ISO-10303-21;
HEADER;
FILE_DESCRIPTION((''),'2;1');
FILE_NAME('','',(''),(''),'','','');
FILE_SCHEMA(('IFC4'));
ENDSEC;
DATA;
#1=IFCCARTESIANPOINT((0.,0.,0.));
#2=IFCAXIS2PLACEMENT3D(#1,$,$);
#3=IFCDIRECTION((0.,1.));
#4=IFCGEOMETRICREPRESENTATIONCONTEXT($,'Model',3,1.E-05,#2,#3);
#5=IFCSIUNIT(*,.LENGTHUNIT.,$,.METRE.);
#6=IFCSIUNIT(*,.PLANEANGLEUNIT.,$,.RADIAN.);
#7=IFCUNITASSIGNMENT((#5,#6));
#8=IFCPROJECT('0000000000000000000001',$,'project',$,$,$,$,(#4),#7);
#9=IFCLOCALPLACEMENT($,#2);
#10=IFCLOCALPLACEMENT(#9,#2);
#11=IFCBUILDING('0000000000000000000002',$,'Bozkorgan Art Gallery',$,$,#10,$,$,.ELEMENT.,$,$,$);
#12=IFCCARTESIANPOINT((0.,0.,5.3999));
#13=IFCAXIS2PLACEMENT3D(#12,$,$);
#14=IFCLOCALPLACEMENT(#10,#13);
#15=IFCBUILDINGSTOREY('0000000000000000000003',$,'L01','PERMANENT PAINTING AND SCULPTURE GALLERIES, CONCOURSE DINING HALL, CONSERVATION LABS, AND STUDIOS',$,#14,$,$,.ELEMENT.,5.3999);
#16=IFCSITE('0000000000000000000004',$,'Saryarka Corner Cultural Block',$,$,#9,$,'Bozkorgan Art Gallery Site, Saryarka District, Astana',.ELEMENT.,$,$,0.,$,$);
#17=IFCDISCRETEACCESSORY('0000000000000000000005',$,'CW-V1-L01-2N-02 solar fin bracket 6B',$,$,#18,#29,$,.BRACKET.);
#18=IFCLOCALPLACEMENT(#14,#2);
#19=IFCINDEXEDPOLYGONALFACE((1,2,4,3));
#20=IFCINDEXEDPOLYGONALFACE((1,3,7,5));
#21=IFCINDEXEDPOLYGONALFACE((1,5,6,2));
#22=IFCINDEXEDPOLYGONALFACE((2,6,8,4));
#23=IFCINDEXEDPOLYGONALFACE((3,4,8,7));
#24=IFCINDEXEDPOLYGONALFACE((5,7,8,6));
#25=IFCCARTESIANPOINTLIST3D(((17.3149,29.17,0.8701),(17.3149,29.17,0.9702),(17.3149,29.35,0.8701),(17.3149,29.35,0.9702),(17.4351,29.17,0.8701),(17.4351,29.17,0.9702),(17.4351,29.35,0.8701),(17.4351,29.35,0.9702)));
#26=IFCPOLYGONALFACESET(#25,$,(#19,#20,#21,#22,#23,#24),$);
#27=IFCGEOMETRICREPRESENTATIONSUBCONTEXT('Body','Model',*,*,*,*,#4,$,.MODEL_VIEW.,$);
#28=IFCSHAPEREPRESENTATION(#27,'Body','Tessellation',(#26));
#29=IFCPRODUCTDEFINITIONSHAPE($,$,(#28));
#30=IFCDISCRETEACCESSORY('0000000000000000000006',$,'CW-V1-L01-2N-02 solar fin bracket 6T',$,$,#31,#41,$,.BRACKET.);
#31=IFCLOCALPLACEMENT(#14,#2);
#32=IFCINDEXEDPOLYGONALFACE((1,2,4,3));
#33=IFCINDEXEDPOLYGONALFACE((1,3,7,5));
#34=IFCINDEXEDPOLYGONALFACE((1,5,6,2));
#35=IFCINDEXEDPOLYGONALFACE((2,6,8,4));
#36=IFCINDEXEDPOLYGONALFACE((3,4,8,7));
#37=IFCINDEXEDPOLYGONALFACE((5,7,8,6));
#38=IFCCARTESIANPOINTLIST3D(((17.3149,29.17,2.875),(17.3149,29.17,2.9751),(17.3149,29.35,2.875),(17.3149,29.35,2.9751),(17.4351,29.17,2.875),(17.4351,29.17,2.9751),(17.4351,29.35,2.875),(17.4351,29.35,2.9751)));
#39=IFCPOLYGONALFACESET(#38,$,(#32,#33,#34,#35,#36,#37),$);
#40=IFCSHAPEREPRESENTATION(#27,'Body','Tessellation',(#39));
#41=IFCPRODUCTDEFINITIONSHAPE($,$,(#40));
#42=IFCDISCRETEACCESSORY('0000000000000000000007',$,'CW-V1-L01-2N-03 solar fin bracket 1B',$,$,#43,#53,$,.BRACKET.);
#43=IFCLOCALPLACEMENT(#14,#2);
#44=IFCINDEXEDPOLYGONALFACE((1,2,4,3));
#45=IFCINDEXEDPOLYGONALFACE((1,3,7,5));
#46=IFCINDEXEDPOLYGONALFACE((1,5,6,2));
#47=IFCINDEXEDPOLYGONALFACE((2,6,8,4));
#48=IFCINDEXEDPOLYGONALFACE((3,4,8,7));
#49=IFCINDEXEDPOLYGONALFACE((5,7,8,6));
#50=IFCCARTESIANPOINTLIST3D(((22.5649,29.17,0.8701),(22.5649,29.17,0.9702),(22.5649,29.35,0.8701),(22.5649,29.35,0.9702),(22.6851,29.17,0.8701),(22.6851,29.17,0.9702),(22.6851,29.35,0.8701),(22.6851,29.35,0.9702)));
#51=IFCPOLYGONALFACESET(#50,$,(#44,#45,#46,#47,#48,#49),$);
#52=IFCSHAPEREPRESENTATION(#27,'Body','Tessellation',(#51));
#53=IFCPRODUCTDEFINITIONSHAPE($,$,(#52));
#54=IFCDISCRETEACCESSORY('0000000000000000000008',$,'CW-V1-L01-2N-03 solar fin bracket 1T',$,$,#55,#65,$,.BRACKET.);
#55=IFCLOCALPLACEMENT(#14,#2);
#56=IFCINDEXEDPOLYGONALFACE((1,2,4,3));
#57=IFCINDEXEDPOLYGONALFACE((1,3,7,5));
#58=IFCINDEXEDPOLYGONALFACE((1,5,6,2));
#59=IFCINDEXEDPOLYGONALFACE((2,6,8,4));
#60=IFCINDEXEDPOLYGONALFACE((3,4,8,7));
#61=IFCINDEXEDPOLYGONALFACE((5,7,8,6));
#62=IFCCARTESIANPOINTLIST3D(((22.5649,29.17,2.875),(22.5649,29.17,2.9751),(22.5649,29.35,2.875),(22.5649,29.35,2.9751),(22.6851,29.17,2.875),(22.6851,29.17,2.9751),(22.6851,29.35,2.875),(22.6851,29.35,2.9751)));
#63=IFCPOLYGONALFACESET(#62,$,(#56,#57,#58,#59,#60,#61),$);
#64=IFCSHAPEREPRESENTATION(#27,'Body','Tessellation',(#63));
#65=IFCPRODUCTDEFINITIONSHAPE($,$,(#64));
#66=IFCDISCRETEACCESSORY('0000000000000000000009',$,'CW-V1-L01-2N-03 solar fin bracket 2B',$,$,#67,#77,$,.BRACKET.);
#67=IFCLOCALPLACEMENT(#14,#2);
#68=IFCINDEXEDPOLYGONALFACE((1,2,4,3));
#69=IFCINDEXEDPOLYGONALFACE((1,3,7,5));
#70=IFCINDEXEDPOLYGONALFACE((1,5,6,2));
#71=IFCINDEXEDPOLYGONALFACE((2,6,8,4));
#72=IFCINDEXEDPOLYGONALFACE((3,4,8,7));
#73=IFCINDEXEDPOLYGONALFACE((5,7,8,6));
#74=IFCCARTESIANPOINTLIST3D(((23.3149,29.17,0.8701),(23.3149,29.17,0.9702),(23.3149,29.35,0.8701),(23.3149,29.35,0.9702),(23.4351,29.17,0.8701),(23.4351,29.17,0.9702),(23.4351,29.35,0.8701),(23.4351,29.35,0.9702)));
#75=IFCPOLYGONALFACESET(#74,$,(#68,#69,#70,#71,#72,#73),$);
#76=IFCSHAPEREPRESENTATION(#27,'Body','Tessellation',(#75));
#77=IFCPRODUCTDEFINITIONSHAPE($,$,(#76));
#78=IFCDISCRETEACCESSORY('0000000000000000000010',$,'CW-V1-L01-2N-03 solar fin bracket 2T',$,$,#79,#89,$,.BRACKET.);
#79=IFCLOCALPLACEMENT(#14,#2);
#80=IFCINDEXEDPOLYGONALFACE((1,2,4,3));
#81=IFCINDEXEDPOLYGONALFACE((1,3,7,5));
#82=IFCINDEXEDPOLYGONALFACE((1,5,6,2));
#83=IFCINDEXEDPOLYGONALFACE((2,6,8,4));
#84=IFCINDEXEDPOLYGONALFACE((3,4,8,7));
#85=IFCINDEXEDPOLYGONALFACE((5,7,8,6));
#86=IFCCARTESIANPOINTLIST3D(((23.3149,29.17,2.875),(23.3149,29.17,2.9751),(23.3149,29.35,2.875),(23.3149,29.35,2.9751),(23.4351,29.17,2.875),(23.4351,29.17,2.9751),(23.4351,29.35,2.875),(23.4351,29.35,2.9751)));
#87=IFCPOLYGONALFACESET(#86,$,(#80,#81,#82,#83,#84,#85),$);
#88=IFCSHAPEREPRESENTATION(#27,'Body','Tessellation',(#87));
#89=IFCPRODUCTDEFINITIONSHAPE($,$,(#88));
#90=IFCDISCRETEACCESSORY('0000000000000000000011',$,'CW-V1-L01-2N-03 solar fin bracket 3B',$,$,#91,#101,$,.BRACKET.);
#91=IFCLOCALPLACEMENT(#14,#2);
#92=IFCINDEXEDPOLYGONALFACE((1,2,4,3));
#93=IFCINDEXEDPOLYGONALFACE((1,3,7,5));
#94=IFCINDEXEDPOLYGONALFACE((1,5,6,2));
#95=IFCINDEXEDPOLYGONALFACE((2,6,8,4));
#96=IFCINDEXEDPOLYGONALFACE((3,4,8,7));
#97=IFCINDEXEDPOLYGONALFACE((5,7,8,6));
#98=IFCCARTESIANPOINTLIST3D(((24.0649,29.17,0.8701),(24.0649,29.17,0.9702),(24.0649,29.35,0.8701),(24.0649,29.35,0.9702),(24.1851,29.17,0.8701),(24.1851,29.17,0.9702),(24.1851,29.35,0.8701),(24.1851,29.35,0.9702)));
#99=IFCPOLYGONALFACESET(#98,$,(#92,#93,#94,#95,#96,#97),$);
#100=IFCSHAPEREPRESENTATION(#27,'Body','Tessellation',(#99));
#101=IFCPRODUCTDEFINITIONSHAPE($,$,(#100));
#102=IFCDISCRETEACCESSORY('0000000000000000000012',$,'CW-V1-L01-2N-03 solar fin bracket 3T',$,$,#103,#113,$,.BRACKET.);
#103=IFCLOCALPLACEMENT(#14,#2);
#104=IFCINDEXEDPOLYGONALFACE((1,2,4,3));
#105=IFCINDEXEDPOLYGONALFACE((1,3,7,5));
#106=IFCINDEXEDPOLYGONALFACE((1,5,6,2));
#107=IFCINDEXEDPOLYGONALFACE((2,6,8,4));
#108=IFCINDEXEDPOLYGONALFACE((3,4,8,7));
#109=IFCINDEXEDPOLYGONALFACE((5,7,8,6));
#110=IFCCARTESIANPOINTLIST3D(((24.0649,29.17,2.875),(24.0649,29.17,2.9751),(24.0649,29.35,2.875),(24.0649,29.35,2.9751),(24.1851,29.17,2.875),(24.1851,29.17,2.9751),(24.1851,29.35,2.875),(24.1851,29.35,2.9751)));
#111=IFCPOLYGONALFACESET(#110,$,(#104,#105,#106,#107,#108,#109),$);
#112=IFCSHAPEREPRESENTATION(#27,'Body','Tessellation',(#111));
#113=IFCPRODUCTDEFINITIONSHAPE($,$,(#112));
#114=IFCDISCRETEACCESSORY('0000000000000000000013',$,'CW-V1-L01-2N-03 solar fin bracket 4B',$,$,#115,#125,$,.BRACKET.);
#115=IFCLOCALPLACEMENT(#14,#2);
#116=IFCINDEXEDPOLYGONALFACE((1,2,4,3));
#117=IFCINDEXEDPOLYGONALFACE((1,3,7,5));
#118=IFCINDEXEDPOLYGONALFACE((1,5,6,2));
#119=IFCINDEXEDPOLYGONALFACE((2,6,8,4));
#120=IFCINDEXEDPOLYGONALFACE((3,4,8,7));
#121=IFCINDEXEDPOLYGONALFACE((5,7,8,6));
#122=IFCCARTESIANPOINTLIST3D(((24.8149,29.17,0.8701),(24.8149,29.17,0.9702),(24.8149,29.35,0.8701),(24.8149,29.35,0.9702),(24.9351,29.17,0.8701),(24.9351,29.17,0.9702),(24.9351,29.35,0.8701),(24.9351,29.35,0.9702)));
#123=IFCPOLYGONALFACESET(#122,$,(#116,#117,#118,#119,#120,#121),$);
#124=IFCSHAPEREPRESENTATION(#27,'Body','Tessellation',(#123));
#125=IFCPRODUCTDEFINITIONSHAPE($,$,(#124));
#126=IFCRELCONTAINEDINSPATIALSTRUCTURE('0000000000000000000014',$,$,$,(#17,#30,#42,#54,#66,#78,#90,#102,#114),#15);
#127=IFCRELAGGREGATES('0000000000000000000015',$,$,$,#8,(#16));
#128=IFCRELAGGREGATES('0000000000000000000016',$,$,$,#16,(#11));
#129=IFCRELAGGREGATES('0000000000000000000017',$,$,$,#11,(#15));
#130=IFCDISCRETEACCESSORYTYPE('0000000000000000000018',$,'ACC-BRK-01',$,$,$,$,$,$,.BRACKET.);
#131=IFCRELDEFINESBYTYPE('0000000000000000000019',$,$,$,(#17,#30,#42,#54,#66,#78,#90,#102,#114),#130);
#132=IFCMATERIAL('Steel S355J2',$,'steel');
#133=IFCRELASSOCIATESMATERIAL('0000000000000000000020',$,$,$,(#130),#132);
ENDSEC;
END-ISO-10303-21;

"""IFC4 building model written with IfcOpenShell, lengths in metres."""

from ifc_helpers import new_model, si_unit, direction, frame, origin, origin_2d, place, context, subcontext, project, spatial, rectangle, extrude, material, type_object, element, save


model = new_model("IFC4")

# Units and contexts
model_context = context("Model", 3, precision=1e-05, world=origin(), true_north=direction((0.0, 1.0)))
body_context = subcontext(model_context, "Body", "Model", "MODEL_VIEW")
ifc_project = project(units=[si_unit("LENGTHUNIT", "METRE"), si_unit("PLANEANGLEUNIT", "RADIAN")], contexts=[model_context])

# Site, building, storey
site_placement = place(None, origin())
site = spatial("IfcSite", under=ifc_project, at=site_placement, Name="Saryarka Corner Cultural Block", LongName="Bozkorgan Art Gallery Site, Saryarka District, Astana", CompositionType="ELEMENT", RefElevation=0.0)
building_placement = place(site_placement, origin())
building = spatial("IfcBuilding", under=site, at=building_placement, Name="Bozkorgan Art Gallery", CompositionType="ELEMENT")
storey_placement = place(building_placement, frame((0.0, 0.0, 5.3999)))
storey = spatial("IfcBuildingStorey", under=building, at=storey_placement, Name="L01", Description="PERMANENT PAINTING AND SCULPTURE GALLERIES, CONCOURSE DINING HALL, CONSERVATION LABS, AND STUDIOS", CompositionType="ELEMENT", Elevation=5.3999)

# Discrete accessories
ifc_material_1 = material(Name="Steel S355J2", Category="steel")
discrete_accessory_type = type_object("IfcDiscreteAccessoryType", Name="ACC-BRK-01", PredefinedType="BRACKET", material=ifc_material_1)
for number, where, z_axis, x_axis, name in (
    (1, (17.375, 29.26, 0.8701), (0.0, 0.0, 1.0), (0.0, 1.0, 0.0), "CW-V1-L01-2N-02 solar fin bracket 6B"),
    (2, (17.375, 29.26, 2.875), (0.0, 0.0, 1.0), (0.0, 1.0, 0.0), "CW-V1-L01-2N-02 solar fin bracket 6T"),
    (3, (22.625, 29.26, 0.8701), (0.0, 0.0, 1.0), (0.0, 1.0, 0.0), "CW-V1-L01-2N-03 solar fin bracket 1B"),
    (4, (22.625, 29.26, 2.875), (0.0, 0.0, 1.0), (0.0, 1.0, 0.0), "CW-V1-L01-2N-03 solar fin bracket 1T"),
    (5, (23.375, 29.26, 0.8701), (0.0, 0.0, 1.0), (0.0, 1.0, 0.0), "CW-V1-L01-2N-03 solar fin bracket 2B"),
    (6, (23.375, 29.26, 2.875), (0.0, 0.0, 1.0), (0.0, 1.0, 0.0), "CW-V1-L01-2N-03 solar fin bracket 2T"),
    (7, (24.125, 29.26, 0.8701), (0.0, 0.0, 1.0), (0.0, 1.0, 0.0), "CW-V1-L01-2N-03 solar fin bracket 3B"),
    (8, (24.125, 29.26, 2.875), (0.0, 0.0, 1.0), (0.0, 1.0, 0.0), "CW-V1-L01-2N-03 solar fin bracket 3T"),
    (9, (24.875, 29.26, 0.8701), (0.0, 0.0, 1.0), (0.0, 1.0, 0.0), "CW-V1-L01-2N-03 solar fin bracket 4B"),
):
    element("IfcDiscreteAccessory", number, at=place(storey_placement, frame(where, z_axis=z_axis, x_axis=x_axis)), inside=storey, type_object=discrete_accessory_type, Name=name, PredefinedType="BRACKET", context=body_context, shape_type="SweptSolid", body=[
        extrude(rectangle(XDim=0.1799, YDim=0.1201, at=origin_2d()), origin(), (0.0, 0.0, 1.0), 0.1001),
    ])

save(model, "model.ifc")
